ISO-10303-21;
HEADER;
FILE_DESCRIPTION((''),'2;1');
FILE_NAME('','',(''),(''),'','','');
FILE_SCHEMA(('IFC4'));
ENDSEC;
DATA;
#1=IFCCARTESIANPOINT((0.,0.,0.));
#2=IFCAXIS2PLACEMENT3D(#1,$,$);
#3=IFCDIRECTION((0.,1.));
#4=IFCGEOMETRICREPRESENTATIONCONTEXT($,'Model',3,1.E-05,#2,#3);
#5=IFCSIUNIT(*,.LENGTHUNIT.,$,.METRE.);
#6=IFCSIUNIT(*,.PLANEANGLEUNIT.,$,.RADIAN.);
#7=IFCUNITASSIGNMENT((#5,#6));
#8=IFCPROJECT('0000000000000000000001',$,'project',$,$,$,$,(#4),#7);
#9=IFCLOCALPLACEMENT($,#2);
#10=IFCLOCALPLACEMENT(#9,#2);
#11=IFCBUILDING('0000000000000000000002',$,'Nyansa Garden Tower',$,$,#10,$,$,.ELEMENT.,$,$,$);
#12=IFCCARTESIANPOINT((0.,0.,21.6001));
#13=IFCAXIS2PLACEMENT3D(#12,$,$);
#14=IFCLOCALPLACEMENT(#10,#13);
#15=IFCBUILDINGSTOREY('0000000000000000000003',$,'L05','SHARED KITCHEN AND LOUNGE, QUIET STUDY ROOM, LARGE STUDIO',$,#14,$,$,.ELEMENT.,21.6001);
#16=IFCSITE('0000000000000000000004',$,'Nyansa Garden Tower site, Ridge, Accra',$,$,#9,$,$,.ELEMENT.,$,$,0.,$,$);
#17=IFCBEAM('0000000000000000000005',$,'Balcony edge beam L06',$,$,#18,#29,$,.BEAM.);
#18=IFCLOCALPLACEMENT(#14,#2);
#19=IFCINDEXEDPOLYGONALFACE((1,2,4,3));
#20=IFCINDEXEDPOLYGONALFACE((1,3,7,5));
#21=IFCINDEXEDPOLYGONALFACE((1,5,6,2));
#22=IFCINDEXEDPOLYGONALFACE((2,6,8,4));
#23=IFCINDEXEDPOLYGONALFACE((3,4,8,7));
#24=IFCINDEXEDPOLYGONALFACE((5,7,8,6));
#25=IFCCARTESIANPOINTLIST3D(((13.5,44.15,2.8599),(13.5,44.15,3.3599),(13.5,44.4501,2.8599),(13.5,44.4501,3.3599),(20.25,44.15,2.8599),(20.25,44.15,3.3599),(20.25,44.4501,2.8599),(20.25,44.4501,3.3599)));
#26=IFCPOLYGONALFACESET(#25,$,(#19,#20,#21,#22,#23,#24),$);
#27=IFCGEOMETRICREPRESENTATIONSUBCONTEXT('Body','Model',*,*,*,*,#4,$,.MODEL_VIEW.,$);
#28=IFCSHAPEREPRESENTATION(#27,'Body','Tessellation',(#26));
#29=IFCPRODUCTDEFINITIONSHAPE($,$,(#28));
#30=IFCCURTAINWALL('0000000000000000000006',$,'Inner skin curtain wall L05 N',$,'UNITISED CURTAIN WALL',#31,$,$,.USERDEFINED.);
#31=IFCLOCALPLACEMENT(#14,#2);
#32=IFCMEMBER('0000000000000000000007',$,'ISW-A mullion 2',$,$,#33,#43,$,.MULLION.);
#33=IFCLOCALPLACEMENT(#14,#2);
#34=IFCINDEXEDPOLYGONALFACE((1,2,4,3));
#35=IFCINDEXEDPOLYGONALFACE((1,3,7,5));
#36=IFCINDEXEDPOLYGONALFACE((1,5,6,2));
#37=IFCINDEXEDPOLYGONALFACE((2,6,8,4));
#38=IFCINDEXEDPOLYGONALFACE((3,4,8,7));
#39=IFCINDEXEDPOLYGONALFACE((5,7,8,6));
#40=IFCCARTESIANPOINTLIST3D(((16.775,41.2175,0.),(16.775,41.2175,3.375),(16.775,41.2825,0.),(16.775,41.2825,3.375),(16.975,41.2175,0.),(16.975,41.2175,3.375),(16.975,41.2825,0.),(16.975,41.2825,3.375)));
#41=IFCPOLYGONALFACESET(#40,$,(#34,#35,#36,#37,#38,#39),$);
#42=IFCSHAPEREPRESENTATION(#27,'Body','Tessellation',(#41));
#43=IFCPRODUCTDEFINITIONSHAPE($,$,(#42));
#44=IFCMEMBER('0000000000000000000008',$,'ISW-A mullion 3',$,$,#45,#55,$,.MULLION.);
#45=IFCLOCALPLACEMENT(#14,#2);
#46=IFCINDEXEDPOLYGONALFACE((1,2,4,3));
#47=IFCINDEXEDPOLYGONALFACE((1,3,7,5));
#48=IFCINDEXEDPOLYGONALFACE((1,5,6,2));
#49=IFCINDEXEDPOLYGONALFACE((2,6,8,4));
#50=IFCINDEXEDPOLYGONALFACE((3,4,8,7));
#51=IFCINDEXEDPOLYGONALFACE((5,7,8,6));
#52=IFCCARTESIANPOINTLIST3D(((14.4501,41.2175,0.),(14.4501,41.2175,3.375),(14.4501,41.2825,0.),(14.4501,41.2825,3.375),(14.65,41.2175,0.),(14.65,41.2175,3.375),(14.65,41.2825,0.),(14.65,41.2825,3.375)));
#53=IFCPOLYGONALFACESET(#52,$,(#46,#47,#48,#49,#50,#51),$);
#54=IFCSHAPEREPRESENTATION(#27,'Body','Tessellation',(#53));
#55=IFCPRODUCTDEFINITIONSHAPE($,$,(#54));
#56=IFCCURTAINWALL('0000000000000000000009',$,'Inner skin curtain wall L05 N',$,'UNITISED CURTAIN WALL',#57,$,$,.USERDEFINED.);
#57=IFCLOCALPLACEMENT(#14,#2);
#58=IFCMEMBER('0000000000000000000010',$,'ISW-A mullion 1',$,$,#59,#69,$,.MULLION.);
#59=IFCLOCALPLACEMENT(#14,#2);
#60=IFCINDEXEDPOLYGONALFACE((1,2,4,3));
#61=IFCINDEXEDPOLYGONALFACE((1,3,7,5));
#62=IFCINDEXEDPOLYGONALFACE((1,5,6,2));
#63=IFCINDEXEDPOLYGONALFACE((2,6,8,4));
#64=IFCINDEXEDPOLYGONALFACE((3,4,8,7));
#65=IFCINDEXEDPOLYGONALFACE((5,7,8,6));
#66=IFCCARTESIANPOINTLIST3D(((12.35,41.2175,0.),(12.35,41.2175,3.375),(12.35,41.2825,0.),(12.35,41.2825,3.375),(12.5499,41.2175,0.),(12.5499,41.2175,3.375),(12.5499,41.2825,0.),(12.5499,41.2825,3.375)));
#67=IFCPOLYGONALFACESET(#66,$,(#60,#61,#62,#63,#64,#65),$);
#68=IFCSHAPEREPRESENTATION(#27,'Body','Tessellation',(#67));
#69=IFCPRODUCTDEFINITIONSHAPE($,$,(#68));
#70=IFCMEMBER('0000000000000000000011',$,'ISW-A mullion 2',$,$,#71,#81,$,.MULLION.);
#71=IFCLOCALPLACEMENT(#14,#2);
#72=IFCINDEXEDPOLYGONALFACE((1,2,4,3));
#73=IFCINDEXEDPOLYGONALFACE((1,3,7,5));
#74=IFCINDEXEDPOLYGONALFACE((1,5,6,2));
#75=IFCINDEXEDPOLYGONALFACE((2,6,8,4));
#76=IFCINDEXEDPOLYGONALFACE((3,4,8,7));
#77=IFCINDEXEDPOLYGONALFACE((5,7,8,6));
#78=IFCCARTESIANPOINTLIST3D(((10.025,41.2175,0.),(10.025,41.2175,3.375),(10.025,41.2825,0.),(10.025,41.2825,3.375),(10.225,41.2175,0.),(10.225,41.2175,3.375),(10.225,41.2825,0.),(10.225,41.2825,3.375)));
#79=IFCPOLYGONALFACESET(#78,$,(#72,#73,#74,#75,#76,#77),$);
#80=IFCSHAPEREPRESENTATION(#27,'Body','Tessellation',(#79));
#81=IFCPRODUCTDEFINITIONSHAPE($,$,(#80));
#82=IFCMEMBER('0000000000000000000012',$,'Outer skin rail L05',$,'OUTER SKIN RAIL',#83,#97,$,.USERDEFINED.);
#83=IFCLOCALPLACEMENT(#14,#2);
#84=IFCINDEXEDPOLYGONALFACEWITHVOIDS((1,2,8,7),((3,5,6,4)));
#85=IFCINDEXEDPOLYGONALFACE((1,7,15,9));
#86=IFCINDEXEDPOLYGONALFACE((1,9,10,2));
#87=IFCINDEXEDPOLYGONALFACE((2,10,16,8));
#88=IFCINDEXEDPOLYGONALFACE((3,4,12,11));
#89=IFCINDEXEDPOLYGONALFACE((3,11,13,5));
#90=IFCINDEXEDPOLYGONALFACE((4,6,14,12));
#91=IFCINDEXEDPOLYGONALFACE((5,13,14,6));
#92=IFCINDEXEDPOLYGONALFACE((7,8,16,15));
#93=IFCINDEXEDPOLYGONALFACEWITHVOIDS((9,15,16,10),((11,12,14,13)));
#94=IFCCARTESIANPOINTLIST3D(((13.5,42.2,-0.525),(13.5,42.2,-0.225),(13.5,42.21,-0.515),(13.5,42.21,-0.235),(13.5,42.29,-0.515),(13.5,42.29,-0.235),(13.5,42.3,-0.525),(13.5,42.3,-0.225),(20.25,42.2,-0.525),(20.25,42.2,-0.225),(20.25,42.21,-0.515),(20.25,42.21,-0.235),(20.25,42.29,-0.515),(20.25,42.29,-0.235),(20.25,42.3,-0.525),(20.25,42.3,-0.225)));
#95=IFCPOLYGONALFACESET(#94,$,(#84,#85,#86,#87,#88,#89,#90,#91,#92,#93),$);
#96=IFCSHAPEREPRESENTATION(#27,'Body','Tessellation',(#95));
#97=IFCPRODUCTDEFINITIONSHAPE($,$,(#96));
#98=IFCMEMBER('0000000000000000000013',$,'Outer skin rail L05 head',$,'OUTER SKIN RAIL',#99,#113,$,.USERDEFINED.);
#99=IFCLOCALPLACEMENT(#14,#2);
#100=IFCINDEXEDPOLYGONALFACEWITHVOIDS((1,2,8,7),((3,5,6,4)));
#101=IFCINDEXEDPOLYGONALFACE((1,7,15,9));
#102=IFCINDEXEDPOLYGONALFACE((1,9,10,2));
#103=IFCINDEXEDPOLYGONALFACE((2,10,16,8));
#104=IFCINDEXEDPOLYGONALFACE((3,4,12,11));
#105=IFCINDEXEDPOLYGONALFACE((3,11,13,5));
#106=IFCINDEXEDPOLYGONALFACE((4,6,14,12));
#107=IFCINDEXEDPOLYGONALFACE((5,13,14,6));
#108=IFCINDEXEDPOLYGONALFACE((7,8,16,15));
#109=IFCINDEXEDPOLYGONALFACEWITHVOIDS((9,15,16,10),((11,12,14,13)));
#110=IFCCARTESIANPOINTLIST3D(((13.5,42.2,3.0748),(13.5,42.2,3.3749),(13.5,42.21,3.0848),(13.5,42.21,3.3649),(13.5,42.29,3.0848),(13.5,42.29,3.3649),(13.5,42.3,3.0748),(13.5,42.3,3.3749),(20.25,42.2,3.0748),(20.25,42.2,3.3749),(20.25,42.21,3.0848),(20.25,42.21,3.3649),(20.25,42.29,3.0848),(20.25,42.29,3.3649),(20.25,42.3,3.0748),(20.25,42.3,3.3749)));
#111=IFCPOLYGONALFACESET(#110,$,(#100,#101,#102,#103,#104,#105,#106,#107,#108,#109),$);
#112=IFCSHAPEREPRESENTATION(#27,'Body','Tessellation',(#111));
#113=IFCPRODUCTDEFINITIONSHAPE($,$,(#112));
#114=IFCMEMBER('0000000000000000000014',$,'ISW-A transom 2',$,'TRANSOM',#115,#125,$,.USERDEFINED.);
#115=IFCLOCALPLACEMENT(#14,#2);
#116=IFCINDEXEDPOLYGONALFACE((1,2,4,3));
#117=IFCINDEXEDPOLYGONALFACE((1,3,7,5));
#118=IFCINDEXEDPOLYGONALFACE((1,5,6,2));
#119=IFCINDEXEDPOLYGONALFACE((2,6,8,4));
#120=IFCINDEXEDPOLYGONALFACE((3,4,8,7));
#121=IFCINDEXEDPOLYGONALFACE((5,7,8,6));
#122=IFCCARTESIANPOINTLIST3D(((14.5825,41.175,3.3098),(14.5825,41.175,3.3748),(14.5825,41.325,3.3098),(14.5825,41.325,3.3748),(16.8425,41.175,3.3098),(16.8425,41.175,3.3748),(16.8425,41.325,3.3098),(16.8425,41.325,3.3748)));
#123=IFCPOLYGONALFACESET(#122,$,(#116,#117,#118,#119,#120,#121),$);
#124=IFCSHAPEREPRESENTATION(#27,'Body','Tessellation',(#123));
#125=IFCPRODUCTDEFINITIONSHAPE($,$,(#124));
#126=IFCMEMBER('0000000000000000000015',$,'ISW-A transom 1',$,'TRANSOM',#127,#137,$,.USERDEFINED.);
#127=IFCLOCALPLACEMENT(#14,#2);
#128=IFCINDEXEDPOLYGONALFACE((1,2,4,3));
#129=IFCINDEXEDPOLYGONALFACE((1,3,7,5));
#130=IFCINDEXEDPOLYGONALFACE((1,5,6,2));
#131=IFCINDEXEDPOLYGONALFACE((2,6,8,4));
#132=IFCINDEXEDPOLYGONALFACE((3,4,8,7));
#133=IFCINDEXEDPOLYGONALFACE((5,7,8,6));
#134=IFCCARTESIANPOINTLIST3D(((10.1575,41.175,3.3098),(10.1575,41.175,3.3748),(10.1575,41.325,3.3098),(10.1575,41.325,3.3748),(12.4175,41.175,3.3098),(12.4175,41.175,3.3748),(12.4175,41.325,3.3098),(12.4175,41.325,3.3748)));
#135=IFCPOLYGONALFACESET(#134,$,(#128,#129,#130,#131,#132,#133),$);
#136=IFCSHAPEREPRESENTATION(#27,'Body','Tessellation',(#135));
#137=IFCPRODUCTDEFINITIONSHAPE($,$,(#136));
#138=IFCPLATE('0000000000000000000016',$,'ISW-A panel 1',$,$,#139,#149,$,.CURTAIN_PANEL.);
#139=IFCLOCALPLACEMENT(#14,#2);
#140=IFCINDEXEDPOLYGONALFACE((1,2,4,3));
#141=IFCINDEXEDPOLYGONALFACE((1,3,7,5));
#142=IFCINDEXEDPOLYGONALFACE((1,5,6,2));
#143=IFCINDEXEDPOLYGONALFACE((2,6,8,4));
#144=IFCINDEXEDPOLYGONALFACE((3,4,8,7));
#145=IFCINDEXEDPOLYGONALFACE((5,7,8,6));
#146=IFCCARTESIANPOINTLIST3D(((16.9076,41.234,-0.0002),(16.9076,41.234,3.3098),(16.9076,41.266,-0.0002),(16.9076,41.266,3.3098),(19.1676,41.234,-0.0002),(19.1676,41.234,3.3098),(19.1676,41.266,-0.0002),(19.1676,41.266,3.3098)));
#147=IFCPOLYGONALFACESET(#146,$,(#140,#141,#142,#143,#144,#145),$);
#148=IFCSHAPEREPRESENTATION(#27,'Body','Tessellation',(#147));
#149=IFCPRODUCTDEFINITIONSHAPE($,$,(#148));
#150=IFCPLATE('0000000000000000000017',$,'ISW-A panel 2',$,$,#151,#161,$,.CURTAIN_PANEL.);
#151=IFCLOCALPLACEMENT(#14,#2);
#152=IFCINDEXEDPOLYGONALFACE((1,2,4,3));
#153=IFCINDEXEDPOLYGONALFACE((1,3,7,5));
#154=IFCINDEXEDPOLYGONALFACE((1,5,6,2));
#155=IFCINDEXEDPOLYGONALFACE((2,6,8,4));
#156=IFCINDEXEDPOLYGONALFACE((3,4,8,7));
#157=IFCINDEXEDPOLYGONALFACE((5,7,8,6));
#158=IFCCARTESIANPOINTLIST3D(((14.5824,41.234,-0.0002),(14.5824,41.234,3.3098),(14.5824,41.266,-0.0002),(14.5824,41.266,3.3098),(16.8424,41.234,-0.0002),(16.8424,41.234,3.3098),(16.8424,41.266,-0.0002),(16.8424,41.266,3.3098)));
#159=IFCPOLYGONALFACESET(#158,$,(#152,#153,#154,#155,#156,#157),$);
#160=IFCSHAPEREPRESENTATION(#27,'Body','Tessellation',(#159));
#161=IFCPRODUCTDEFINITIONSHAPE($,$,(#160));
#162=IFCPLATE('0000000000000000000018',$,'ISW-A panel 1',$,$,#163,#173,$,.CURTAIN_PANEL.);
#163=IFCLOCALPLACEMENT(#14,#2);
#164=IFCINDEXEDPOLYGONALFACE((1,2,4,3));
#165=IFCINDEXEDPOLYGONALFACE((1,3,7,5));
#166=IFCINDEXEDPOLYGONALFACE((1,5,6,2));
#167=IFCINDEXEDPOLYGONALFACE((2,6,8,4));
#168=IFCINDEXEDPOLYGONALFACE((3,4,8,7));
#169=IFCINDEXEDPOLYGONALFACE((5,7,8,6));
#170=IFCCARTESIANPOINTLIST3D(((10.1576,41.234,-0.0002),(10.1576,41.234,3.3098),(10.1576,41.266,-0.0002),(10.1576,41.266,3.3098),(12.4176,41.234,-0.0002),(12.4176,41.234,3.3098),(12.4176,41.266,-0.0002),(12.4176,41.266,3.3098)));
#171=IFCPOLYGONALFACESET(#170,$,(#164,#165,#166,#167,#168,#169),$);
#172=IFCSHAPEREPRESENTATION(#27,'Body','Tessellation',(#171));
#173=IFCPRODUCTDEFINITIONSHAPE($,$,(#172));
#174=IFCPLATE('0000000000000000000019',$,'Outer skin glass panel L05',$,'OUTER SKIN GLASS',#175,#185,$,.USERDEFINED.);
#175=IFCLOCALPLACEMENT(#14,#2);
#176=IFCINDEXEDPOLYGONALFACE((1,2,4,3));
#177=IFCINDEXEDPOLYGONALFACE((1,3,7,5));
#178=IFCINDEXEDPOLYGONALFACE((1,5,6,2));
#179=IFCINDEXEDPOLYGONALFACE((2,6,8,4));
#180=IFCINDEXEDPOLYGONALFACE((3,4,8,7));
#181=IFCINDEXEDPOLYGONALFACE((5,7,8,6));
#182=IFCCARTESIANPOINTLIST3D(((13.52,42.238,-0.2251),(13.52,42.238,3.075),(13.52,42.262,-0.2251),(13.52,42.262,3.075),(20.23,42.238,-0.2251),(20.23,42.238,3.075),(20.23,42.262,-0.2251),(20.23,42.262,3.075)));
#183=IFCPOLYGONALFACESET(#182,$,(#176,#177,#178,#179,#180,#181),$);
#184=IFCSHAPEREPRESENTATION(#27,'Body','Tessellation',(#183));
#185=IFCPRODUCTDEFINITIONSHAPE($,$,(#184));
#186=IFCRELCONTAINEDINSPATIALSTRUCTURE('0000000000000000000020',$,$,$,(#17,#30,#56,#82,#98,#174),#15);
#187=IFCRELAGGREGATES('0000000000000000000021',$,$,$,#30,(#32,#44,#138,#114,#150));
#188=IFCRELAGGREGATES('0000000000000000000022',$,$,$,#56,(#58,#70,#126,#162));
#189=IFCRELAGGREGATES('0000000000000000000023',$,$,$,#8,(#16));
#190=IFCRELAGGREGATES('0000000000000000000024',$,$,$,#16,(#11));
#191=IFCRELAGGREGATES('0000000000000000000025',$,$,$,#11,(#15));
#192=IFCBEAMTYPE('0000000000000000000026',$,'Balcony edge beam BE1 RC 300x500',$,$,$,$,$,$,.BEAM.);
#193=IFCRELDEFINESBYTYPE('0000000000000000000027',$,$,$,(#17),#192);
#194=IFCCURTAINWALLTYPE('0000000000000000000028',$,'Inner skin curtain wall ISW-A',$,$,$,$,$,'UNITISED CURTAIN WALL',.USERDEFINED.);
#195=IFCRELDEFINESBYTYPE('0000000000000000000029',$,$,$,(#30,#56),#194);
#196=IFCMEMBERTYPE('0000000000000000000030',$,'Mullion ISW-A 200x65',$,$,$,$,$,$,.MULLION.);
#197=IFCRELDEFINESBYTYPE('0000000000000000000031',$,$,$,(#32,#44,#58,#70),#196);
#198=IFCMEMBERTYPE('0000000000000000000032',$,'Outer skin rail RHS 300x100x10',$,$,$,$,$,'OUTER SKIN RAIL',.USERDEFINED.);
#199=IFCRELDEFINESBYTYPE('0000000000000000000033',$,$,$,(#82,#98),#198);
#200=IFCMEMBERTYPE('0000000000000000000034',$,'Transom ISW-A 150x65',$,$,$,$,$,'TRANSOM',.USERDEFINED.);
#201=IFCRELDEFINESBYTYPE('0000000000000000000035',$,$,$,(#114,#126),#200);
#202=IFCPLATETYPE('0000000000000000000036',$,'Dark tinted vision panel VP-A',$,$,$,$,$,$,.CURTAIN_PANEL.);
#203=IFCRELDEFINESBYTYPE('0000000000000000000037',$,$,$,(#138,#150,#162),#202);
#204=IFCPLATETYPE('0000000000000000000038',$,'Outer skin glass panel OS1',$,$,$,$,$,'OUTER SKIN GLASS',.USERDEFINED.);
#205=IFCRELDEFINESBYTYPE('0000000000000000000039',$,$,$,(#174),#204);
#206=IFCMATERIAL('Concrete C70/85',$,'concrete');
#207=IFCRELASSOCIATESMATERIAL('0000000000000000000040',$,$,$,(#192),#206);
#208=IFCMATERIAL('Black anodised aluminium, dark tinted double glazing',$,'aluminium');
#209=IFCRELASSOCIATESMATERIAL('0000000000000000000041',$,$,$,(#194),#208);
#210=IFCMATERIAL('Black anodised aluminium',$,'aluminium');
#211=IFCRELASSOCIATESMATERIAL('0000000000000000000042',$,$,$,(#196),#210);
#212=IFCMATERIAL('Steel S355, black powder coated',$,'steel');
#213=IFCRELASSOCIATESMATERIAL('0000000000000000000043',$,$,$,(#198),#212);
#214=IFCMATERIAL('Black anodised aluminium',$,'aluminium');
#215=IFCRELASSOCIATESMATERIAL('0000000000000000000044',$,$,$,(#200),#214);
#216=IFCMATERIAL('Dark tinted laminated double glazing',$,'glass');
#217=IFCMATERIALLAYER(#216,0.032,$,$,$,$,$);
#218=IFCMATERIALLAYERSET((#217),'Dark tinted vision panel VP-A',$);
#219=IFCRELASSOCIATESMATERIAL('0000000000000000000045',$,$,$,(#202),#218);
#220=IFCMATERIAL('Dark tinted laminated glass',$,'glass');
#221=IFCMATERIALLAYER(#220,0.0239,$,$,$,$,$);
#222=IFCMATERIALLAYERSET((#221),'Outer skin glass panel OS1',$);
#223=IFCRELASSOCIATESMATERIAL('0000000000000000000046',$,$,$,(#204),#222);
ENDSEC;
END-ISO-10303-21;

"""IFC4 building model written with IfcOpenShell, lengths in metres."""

from ifc_helpers import new_model, si_unit, direction, frame, origin, origin_2d, place, context, subcontext, project, spatial, rectangle, hollow_rectangle, extrude, material, layer, layer_set, material_profile, profile_set, type_object, element, aggregate, save


model = new_model("IFC4")

# Units and contexts
model_context = context("Model", 3, precision=1e-05, world=origin(), true_north=direction((0.0, 1.0)))
body_context = subcontext(model_context, "Body", "Model", "MODEL_VIEW")
ifc_project = project(units=[si_unit("LENGTHUNIT", "METRE"), si_unit("PLANEANGLEUNIT", "RADIAN")], contexts=[model_context])

# Site, building, storey
site_placement = place(None, origin())
site = spatial("IfcSite", under=ifc_project, at=site_placement, Name="Nyansa Garden Tower site, Ridge, Accra", CompositionType="ELEMENT", RefElevation=0.0)
building_placement = place(site_placement, origin())
building = spatial("IfcBuilding", under=site, at=building_placement, Name="Nyansa Garden Tower", CompositionType="ELEMENT")
storey_placement = place(building_placement, frame((0.0, 0.0, 21.6001)))
storey = spatial("IfcBuildingStorey", under=building, at=storey_placement, Name="L05", Description="SHARED KITCHEN AND LOUNGE, QUIET STUDY ROOM, LARGE STUDIO", CompositionType="ELEMENT", Elevation=21.6001)

# Beam
ifc_material_1 = material(Name="Concrete C70/85", Category="concrete")
ifc_material_profile_1 = material_profile(ifc_material_1, rectangle(XDim=0.3, YDim=0.5, at=origin_2d()), Name="RC 300x500")
ifc_profile_set_1 = profile_set([ifc_material_profile_1], Name="Concrete C70/85")
beam_type = type_object("IfcBeamType", Name="Balcony edge beam BE1 RC 300x500", PredefinedType="BEAM", material=ifc_profile_set_1)
beam_placement = place(storey_placement, frame((13.5, 44.3, 3.1099), z_axis=(1.0, 0.0, 0.0), x_axis=(0.0, 1.0, 0.0)))
element("IfcBeam", 1, at=beam_placement, inside=storey, type_object=beam_type, Name="Balcony edge beam L06", PredefinedType="BEAM", context=body_context, shape_type="SweptSolid", body=[
    extrude(rectangle(XDim=0.3, YDim=0.5, at=origin_2d()), origin(), (0.0, 0.0, 1.0), 6.75),
])

# Curtain walls, members
ifc_material_2 = material(Name="Black anodised aluminium, dark tinted double glazing", Category="aluminium")
curtain_wall_type = type_object("IfcCurtainWallType", Name="Inner skin curtain wall ISW-A", ElementType="UNITISED CURTAIN WALL", PredefinedType="USERDEFINED", material=ifc_material_2)
curtain_wall_1_placement = place(storey_placement, origin())
curtain_wall_1 = element("IfcCurtainWall", 2, at=curtain_wall_1_placement, inside=storey, type_object=curtain_wall_type, Name="Inner skin curtain wall L05 N", ObjectType="UNITISED CURTAIN WALL", PredefinedType="USERDEFINED")
ifc_material_3 = material(Name="Black anodised aluminium", Category="aluminium")
ifc_material_profile_2 = material_profile(ifc_material_3, rectangle(XDim=0.0649, YDim=0.2, at=origin_2d()), Name="Mullion 200x65")
ifc_profile_set_2 = profile_set([ifc_material_profile_2], Name="Black anodised aluminium")
member_type_1 = type_object("IfcMemberType", Name="Mullion ISW-A 200x65", PredefinedType="MULLION", material=ifc_profile_set_2)
member_1_placement = place(storey_placement, frame((16.875, 41.25, 0.0), z_axis=(0.0, 0.0, 1.0), x_axis=(0.0, -1.0, 0.0)))
member_1 = element("IfcMember", 3, at=member_1_placement, type_object=member_type_1, Name="ISW-A mullion 2", PredefinedType="MULLION", context=body_context, shape_type="SweptSolid", body=[
    extrude(rectangle(XDim=0.0649, YDim=0.2, at=origin_2d()), origin(), (0.0, 0.0, 1.0), 3.375),
])
member_2_placement = place(storey_placement, frame((14.55, 41.25, 0.0), z_axis=(0.0, 0.0, 1.0), x_axis=(0.0, -1.0, 0.0)))
member_2 = element("IfcMember", 4, at=member_2_placement, type_object=member_type_1, Name="ISW-A mullion 3", PredefinedType="MULLION", context=body_context, shape_type="SweptSolid", body=[
    extrude(rectangle(XDim=0.0649, YDim=0.2, at=origin_2d()), origin(), (0.0, 0.0, 1.0), 3.375),
])
curtain_wall_2_placement = place(storey_placement, origin())
curtain_wall_2 = element("IfcCurtainWall", 5, at=curtain_wall_2_placement, inside=storey, type_object=curtain_wall_type, Name="Inner skin curtain wall L05 N", ObjectType="UNITISED CURTAIN WALL", PredefinedType="USERDEFINED")
member_3_placement = place(storey_placement, frame((12.45, 41.25, 0.0), z_axis=(0.0, 0.0, 1.0), x_axis=(0.0, -1.0, 0.0)))
member_3 = element("IfcMember", 6, at=member_3_placement, type_object=member_type_1, Name="ISW-A mullion 1", PredefinedType="MULLION", context=body_context, shape_type="SweptSolid", body=[
    extrude(rectangle(XDim=0.0649, YDim=0.2, at=origin_2d()), origin(), (0.0, 0.0, 1.0), 3.375),
])
member_4_placement = place(storey_placement, frame((10.125, 41.25, 0.0), z_axis=(0.0, 0.0, 1.0), x_axis=(0.0, -1.0, 0.0)))
member_4 = element("IfcMember", 7, at=member_4_placement, type_object=member_type_1, Name="ISW-A mullion 2", PredefinedType="MULLION", context=body_context, shape_type="SweptSolid", body=[
    extrude(rectangle(XDim=0.0649, YDim=0.2, at=origin_2d()), origin(), (0.0, 0.0, 1.0), 3.375),
])

# Members
ifc_material_4 = material(Name="Steel S355, black powder coated", Category="steel")
ifc_material_profile_3 = material_profile(ifc_material_4, hollow_rectangle(XDim=0.1001, YDim=0.3, WallThickness=0.01, at=origin_2d()), Name="RHS 300x100x10")
ifc_profile_set_3 = profile_set([ifc_material_profile_3], Name="Steel S355, black powder coated")
member_type_2 = type_object("IfcMemberType", Name="Outer skin rail RHS 300x100x10", ElementType="OUTER SKIN RAIL", PredefinedType="USERDEFINED", material=ifc_profile_set_3)
for number, where, z_axis, x_axis, name in (
    (8, (13.5, 42.25, -0.375), (1.0, 0.0, 0.0), (0.0, 1.0, 0.0), "Outer skin rail L05"),
    (9, (13.5, 42.25, 3.2249), (1.0, 0.0, 0.0), (0.0, 1.0, 0.0), "Outer skin rail L05 head"),
):
    element("IfcMember", number, at=place(storey_placement, frame(where, z_axis=z_axis, x_axis=x_axis)), inside=storey, type_object=member_type_2, Name=name, ObjectType="OUTER SKIN RAIL", PredefinedType="USERDEFINED", context=body_context, shape_type="SweptSolid", body=[
        extrude(hollow_rectangle(XDim=0.1001, YDim=0.3, WallThickness=0.01, at=origin_2d()), origin(), (0.0, 0.0, 1.0), 6.75),
    ])

# Members
ifc_material_5 = material(Name="Black anodised aluminium", Category="aluminium")
ifc_material_profile_4 = material_profile(ifc_material_5, rectangle(XDim=0.1499, YDim=0.0649, at=origin_2d()), Name="Transom 150x65")
ifc_profile_set_4 = profile_set([ifc_material_profile_4], Name="Black anodised aluminium")
member_type_3 = type_object("IfcMemberType", Name="Transom ISW-A 150x65", ElementType="TRANSOM", PredefinedType="USERDEFINED", material=ifc_profile_set_4)
member_5_placement = place(storey_placement, frame((16.8425, 41.25, 3.3423), z_axis=(-1.0, 0.0, 0.0), x_axis=(0.0, -1.0, 0.0)))
member_5 = element("IfcMember", 10, at=member_5_placement, type_object=member_type_3, Name="ISW-A transom 2", ObjectType="TRANSOM", PredefinedType="USERDEFINED", context=body_context, shape_type="SweptSolid", body=[
    extrude(rectangle(XDim=0.1499, YDim=0.0649, at=origin_2d()), origin(), (0.0, 0.0, 1.0), 2.26),
])
member_6_placement = place(storey_placement, frame((12.4175, 41.25, 3.3423), z_axis=(-1.0, 0.0, 0.0), x_axis=(0.0, -1.0, 0.0)))
member_6 = element("IfcMember", 11, at=member_6_placement, type_object=member_type_3, Name="ISW-A transom 1", ObjectType="TRANSOM", PredefinedType="USERDEFINED", context=body_context, shape_type="SweptSolid", body=[
    extrude(rectangle(XDim=0.1499, YDim=0.0649, at=origin_2d()), origin(), (0.0, 0.0, 1.0), 2.26),
])

# Plates
ifc_material_6 = material(Name="Dark tinted laminated double glazing", Category="glass")
ifc_layer_1 = layer(ifc_material_6, 0.032)
ifc_layer_set_1 = layer_set([ifc_layer_1], Name="Dark tinted vision panel VP-A")
plate_type_1 = type_object("IfcPlateType", Name="Dark tinted vision panel VP-A", PredefinedType="CURTAIN_PANEL", material=ifc_layer_set_1)
plate_1_placement = place(storey_placement, frame((18.0376, 41.25, -0.0002), z_axis=(0.0, 0.0, 1.0), x_axis=(-1.0, 0.0, 0.0)))
plate_1 = element("IfcPlate", 12, at=plate_1_placement, type_object=plate_type_1, Name="ISW-A panel 1", PredefinedType="CURTAIN_PANEL", context=body_context, shape_type="SweptSolid", body=[
    extrude(rectangle(XDim=2.26, YDim=0.032, at=origin_2d()), origin(), (0.0, 0.0, 1.0), 3.3101),
])
plate_2_placement = place(storey_placement, frame((15.7124, 41.25, -0.0002), z_axis=(0.0, 0.0, 1.0), x_axis=(-1.0, 0.0, 0.0)))
plate_2 = element("IfcPlate", 13, at=plate_2_placement, type_object=plate_type_1, Name="ISW-A panel 2", PredefinedType="CURTAIN_PANEL", context=body_context, shape_type="SweptSolid", body=[
    extrude(rectangle(XDim=2.26, YDim=0.032, at=origin_2d()), origin(), (0.0, 0.0, 1.0), 3.3101),
])
aggregate(curtain_wall_1, [member_1, member_2, plate_1, member_5, plate_2])
plate_3_placement = place(storey_placement, frame((11.2876, 41.25, -0.0002), z_axis=(0.0, 0.0, 1.0), x_axis=(-1.0, 0.0, 0.0)))
plate_3 = element("IfcPlate", 14, at=plate_3_placement, type_object=plate_type_1, Name="ISW-A panel 1", PredefinedType="CURTAIN_PANEL", context=body_context, shape_type="SweptSolid", body=[
    extrude(rectangle(XDim=2.26, YDim=0.032, at=origin_2d()), origin(), (0.0, 0.0, 1.0), 3.3101),
])
aggregate(curtain_wall_2, [member_3, member_4, member_6, plate_3])
ifc_material_7 = material(Name="Dark tinted laminated glass", Category="glass")
ifc_layer_2 = layer(ifc_material_7, 0.0239)
ifc_layer_set_2 = layer_set([ifc_layer_2], Name="Outer skin glass panel OS1")
plate_type_2 = type_object("IfcPlateType", Name="Outer skin glass panel OS1", ElementType="OUTER SKIN GLASS", PredefinedType="USERDEFINED", material=ifc_layer_set_2)
plate_4_placement = place(storey_placement, frame((16.875, 42.25, -0.2251), z_axis=(0.0, 0.0, 1.0), x_axis=(1.0, 0.0, 0.0)))
element("IfcPlate", 15, at=plate_4_placement, inside=storey, type_object=plate_type_2, Name="Outer skin glass panel L05", ObjectType="OUTER SKIN GLASS", PredefinedType="USERDEFINED", context=body_context, shape_type="SweptSolid", body=[
    extrude(rectangle(XDim=6.71, YDim=0.0239, at=origin_2d()), origin(), (0.0, 0.0, 1.0), 3.3),
])

save(model, "model.ifc")
